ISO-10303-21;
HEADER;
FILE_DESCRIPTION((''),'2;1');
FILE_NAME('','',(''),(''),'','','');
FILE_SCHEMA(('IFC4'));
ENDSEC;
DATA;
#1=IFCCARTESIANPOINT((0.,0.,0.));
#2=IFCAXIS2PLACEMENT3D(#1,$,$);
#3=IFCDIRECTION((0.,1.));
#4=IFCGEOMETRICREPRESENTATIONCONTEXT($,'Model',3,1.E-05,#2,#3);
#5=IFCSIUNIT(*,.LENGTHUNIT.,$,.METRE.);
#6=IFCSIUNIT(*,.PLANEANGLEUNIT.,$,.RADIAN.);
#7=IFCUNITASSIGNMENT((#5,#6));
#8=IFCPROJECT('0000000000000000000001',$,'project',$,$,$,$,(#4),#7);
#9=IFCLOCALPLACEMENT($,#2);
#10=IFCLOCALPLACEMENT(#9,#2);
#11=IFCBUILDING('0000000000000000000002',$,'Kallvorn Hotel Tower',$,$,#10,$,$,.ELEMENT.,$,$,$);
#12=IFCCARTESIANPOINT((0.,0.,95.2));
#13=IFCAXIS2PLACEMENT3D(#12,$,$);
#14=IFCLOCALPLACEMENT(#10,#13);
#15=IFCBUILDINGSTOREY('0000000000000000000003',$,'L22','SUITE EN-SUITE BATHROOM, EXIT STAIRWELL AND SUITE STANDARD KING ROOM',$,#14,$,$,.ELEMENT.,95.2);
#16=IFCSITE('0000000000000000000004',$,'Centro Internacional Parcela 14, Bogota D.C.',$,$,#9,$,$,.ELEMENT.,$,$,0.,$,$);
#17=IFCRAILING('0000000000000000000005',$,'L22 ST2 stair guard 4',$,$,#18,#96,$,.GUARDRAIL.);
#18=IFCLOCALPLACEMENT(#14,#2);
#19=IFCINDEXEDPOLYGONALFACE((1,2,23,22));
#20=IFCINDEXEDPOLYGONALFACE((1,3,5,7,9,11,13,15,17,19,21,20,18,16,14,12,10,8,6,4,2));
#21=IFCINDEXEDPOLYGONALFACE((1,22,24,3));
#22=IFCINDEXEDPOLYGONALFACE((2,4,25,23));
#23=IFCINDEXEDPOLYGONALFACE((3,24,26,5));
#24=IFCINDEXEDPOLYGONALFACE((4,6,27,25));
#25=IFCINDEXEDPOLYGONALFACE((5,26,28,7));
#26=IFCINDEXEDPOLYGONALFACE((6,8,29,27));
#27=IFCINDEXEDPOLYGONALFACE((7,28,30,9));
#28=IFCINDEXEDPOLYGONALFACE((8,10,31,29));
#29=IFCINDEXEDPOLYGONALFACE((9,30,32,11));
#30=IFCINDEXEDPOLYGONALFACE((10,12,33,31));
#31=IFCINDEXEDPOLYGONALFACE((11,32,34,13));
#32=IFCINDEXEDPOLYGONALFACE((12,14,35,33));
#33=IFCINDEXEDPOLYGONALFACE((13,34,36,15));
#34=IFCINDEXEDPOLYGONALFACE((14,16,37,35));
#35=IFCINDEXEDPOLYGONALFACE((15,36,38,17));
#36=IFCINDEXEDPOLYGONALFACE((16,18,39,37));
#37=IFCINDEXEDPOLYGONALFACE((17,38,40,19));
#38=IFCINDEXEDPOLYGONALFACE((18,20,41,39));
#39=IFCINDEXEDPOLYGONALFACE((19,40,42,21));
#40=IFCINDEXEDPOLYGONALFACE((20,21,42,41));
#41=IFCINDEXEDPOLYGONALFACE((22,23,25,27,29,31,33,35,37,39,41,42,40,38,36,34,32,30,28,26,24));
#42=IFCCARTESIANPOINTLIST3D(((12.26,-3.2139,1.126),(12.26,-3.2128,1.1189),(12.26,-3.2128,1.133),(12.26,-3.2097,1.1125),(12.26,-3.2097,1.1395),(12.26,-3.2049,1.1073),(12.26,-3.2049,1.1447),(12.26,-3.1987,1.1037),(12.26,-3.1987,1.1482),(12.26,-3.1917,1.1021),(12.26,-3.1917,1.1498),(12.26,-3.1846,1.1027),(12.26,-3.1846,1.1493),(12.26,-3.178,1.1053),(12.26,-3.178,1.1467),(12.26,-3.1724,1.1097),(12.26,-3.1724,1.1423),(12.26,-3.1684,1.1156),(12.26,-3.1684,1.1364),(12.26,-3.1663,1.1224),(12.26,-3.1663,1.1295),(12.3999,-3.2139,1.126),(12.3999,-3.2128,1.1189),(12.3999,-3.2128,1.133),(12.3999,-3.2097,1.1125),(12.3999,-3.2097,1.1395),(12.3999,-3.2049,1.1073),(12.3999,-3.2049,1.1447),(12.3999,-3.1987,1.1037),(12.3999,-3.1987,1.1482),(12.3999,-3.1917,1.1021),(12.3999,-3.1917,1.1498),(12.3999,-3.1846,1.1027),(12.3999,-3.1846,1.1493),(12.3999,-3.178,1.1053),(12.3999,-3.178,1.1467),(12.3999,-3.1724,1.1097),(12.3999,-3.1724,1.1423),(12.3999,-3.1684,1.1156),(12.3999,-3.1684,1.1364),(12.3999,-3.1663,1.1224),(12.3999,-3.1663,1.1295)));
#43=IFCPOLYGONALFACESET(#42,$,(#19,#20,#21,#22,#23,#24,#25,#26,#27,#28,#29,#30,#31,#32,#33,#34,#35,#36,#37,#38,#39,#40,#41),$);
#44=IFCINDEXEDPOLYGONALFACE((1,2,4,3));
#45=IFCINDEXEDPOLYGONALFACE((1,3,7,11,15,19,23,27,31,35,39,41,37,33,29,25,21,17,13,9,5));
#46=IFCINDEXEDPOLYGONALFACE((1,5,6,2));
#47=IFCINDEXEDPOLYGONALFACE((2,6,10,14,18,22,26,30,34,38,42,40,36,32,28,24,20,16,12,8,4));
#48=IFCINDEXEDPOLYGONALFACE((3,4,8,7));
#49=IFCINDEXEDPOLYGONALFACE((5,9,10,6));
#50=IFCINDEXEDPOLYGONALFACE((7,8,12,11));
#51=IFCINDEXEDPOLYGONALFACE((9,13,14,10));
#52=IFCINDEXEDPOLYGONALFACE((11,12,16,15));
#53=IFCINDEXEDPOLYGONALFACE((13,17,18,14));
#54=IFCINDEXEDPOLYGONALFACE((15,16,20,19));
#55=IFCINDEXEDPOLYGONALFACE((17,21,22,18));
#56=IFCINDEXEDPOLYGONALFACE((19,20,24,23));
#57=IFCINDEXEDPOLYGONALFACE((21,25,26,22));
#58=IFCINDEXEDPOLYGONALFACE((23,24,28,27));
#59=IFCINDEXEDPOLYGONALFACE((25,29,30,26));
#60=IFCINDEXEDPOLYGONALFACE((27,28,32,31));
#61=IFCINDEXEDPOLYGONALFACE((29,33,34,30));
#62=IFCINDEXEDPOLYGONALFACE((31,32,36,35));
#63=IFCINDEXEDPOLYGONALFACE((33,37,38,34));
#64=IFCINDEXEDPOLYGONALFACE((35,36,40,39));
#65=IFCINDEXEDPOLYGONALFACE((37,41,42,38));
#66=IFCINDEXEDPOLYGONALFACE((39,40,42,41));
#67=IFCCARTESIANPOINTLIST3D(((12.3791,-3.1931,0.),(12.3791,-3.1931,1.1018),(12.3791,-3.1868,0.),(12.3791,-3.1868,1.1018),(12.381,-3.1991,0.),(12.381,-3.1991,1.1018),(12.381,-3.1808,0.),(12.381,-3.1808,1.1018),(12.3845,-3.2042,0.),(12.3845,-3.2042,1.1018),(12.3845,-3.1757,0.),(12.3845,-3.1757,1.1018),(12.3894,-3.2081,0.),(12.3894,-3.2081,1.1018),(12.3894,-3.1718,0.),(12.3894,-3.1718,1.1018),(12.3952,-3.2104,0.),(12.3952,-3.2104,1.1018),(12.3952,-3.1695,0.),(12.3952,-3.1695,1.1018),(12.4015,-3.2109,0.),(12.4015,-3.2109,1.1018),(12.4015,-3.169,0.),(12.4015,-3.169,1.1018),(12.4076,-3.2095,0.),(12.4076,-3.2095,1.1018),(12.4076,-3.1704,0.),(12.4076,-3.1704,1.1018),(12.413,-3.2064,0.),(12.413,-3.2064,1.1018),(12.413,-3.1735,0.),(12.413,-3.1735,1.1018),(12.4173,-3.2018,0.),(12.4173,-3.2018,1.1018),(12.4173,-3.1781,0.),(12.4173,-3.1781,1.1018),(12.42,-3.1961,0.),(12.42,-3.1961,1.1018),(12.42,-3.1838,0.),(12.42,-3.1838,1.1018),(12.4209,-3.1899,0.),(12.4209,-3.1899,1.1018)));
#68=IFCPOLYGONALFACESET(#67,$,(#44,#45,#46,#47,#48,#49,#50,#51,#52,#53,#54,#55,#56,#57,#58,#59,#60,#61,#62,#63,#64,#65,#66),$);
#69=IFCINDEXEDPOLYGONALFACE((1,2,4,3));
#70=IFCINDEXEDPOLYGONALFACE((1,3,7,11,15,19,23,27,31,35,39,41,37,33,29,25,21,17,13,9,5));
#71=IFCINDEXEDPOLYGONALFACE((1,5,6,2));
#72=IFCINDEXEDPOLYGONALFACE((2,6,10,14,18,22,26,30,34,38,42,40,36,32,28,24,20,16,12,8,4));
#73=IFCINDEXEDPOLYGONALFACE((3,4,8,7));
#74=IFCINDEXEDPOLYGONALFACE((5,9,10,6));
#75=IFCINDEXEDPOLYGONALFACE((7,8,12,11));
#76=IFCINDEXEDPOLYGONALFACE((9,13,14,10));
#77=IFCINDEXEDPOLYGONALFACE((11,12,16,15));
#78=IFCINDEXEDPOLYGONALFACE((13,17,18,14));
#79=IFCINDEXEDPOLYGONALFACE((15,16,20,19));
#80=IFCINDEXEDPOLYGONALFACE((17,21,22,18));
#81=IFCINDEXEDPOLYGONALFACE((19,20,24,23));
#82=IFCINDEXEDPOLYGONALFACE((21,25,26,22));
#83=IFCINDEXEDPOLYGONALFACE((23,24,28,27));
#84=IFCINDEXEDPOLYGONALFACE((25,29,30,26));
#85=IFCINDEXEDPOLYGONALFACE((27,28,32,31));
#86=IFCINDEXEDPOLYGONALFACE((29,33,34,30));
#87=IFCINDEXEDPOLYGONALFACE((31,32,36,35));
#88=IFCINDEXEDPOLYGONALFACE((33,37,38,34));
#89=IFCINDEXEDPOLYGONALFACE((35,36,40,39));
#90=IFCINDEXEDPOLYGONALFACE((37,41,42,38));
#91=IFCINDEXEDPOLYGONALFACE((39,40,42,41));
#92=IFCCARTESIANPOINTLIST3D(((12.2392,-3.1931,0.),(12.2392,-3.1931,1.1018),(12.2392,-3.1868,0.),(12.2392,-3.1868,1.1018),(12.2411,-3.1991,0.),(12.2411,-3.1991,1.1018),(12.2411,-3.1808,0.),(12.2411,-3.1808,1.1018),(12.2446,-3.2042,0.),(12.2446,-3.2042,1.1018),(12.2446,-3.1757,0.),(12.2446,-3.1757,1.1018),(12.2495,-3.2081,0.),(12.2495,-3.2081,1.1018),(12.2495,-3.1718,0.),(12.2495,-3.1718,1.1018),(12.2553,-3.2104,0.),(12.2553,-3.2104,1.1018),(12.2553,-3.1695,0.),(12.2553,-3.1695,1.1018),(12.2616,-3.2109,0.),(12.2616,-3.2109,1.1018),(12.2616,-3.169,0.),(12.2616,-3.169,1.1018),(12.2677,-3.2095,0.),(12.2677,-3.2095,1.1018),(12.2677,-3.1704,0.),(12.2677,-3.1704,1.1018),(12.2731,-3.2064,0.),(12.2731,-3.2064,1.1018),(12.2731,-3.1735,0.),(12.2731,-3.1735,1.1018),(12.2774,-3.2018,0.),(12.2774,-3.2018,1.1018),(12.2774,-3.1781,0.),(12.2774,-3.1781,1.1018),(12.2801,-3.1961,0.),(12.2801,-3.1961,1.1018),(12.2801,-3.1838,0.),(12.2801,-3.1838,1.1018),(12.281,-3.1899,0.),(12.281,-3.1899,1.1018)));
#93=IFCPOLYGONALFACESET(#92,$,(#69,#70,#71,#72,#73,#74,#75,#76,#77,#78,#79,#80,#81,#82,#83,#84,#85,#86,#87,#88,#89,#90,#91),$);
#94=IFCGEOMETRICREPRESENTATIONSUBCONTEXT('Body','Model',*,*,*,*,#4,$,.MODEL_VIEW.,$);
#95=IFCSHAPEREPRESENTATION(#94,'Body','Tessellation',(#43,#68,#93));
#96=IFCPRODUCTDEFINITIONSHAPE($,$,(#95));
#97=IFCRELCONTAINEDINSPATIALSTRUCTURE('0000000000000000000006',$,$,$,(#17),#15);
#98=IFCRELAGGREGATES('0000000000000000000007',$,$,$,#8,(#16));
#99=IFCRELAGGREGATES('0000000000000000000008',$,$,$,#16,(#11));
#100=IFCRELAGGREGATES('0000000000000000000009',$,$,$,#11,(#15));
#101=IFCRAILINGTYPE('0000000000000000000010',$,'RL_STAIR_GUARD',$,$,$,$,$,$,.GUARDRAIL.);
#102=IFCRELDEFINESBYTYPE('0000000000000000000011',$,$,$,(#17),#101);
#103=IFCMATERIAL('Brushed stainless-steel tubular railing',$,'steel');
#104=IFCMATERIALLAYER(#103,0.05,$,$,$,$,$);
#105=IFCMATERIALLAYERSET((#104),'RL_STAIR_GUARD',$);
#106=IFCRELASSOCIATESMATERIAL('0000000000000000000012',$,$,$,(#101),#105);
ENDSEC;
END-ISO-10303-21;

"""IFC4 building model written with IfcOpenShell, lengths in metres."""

from ifc_helpers import new_model, si_unit, direction, frame, origin, origin_2d, place, context, subcontext, project, spatial, circle, extrude, material, layer, layer_set, type_object, element, save


model = new_model("IFC4")

# Units and contexts
model_context = context("Model", 3, precision=1e-05, world=origin(), true_north=direction((0.0, 1.0)))
body_context = subcontext(model_context, "Body", "Model", "MODEL_VIEW")
ifc_project = project(units=[si_unit("LENGTHUNIT", "METRE"), si_unit("PLANEANGLEUNIT", "RADIAN")], contexts=[model_context])

# Site, building, storey
site_placement = place(None, origin())
site = spatial("IfcSite", under=ifc_project, at=site_placement, Name="Centro Internacional Parcela 14, Bogota D.C.", CompositionType="ELEMENT", RefElevation=0.0)
building_placement = place(site_placement, origin())
building = spatial("IfcBuilding", under=site, at=building_placement, Name="Kallvorn Hotel Tower", CompositionType="ELEMENT")
storey_placement = place(building_placement, frame((0.0, 0.0, 95.2)))
storey = spatial("IfcBuildingStorey", under=building, at=storey_placement, Name="L22", Description="SUITE EN-SUITE BATHROOM, EXIT STAIRWELL AND SUITE STANDARD KING ROOM", CompositionType="ELEMENT", Elevation=95.2)

# Railing
ifc_material_1 = material(Name="Brushed stainless-steel tubular railing", Category="steel")
ifc_layer_1 = layer(ifc_material_1, 0.05)
ifc_layer_set_1 = layer_set([ifc_layer_1], Name="RL_STAIR_GUARD")
railing_type_1 = type_object("IfcRailingType", Name="RL_STAIR_GUARD", PredefinedType="GUARDRAIL", material=ifc_layer_set_1)
railing_1_placement = place(storey_placement, frame((12.3999, -3.1899, 0.0)))
element("IfcRailing", 1, at=railing_1_placement, inside=storey, type_object=railing_type_1, Name="L22 ST2 stair guard 4", PredefinedType="GUARDRAIL", context=body_context, shape_type="SweptSolid", body=[
    extrude(circle(Radius=0.0239, at=origin_2d()), frame((0.0, 0.0, 1.126), z_axis=(-1.0, 0.0, 0.0), x_axis=(0.0, -1.0, 0.0)), (0.0, 0.0, 1.0), 0.1399),
    extrude(circle(Radius=0.021, at=origin_2d()), origin(), (0.0, 0.0, 1.0), 1.1018),
    extrude(circle(Radius=0.021, at=origin_2d()), frame((-0.1399, 0.0, 0.0)), (0.0, 0.0, 1.0), 1.1018),
])

save(model, "model.ifc")
